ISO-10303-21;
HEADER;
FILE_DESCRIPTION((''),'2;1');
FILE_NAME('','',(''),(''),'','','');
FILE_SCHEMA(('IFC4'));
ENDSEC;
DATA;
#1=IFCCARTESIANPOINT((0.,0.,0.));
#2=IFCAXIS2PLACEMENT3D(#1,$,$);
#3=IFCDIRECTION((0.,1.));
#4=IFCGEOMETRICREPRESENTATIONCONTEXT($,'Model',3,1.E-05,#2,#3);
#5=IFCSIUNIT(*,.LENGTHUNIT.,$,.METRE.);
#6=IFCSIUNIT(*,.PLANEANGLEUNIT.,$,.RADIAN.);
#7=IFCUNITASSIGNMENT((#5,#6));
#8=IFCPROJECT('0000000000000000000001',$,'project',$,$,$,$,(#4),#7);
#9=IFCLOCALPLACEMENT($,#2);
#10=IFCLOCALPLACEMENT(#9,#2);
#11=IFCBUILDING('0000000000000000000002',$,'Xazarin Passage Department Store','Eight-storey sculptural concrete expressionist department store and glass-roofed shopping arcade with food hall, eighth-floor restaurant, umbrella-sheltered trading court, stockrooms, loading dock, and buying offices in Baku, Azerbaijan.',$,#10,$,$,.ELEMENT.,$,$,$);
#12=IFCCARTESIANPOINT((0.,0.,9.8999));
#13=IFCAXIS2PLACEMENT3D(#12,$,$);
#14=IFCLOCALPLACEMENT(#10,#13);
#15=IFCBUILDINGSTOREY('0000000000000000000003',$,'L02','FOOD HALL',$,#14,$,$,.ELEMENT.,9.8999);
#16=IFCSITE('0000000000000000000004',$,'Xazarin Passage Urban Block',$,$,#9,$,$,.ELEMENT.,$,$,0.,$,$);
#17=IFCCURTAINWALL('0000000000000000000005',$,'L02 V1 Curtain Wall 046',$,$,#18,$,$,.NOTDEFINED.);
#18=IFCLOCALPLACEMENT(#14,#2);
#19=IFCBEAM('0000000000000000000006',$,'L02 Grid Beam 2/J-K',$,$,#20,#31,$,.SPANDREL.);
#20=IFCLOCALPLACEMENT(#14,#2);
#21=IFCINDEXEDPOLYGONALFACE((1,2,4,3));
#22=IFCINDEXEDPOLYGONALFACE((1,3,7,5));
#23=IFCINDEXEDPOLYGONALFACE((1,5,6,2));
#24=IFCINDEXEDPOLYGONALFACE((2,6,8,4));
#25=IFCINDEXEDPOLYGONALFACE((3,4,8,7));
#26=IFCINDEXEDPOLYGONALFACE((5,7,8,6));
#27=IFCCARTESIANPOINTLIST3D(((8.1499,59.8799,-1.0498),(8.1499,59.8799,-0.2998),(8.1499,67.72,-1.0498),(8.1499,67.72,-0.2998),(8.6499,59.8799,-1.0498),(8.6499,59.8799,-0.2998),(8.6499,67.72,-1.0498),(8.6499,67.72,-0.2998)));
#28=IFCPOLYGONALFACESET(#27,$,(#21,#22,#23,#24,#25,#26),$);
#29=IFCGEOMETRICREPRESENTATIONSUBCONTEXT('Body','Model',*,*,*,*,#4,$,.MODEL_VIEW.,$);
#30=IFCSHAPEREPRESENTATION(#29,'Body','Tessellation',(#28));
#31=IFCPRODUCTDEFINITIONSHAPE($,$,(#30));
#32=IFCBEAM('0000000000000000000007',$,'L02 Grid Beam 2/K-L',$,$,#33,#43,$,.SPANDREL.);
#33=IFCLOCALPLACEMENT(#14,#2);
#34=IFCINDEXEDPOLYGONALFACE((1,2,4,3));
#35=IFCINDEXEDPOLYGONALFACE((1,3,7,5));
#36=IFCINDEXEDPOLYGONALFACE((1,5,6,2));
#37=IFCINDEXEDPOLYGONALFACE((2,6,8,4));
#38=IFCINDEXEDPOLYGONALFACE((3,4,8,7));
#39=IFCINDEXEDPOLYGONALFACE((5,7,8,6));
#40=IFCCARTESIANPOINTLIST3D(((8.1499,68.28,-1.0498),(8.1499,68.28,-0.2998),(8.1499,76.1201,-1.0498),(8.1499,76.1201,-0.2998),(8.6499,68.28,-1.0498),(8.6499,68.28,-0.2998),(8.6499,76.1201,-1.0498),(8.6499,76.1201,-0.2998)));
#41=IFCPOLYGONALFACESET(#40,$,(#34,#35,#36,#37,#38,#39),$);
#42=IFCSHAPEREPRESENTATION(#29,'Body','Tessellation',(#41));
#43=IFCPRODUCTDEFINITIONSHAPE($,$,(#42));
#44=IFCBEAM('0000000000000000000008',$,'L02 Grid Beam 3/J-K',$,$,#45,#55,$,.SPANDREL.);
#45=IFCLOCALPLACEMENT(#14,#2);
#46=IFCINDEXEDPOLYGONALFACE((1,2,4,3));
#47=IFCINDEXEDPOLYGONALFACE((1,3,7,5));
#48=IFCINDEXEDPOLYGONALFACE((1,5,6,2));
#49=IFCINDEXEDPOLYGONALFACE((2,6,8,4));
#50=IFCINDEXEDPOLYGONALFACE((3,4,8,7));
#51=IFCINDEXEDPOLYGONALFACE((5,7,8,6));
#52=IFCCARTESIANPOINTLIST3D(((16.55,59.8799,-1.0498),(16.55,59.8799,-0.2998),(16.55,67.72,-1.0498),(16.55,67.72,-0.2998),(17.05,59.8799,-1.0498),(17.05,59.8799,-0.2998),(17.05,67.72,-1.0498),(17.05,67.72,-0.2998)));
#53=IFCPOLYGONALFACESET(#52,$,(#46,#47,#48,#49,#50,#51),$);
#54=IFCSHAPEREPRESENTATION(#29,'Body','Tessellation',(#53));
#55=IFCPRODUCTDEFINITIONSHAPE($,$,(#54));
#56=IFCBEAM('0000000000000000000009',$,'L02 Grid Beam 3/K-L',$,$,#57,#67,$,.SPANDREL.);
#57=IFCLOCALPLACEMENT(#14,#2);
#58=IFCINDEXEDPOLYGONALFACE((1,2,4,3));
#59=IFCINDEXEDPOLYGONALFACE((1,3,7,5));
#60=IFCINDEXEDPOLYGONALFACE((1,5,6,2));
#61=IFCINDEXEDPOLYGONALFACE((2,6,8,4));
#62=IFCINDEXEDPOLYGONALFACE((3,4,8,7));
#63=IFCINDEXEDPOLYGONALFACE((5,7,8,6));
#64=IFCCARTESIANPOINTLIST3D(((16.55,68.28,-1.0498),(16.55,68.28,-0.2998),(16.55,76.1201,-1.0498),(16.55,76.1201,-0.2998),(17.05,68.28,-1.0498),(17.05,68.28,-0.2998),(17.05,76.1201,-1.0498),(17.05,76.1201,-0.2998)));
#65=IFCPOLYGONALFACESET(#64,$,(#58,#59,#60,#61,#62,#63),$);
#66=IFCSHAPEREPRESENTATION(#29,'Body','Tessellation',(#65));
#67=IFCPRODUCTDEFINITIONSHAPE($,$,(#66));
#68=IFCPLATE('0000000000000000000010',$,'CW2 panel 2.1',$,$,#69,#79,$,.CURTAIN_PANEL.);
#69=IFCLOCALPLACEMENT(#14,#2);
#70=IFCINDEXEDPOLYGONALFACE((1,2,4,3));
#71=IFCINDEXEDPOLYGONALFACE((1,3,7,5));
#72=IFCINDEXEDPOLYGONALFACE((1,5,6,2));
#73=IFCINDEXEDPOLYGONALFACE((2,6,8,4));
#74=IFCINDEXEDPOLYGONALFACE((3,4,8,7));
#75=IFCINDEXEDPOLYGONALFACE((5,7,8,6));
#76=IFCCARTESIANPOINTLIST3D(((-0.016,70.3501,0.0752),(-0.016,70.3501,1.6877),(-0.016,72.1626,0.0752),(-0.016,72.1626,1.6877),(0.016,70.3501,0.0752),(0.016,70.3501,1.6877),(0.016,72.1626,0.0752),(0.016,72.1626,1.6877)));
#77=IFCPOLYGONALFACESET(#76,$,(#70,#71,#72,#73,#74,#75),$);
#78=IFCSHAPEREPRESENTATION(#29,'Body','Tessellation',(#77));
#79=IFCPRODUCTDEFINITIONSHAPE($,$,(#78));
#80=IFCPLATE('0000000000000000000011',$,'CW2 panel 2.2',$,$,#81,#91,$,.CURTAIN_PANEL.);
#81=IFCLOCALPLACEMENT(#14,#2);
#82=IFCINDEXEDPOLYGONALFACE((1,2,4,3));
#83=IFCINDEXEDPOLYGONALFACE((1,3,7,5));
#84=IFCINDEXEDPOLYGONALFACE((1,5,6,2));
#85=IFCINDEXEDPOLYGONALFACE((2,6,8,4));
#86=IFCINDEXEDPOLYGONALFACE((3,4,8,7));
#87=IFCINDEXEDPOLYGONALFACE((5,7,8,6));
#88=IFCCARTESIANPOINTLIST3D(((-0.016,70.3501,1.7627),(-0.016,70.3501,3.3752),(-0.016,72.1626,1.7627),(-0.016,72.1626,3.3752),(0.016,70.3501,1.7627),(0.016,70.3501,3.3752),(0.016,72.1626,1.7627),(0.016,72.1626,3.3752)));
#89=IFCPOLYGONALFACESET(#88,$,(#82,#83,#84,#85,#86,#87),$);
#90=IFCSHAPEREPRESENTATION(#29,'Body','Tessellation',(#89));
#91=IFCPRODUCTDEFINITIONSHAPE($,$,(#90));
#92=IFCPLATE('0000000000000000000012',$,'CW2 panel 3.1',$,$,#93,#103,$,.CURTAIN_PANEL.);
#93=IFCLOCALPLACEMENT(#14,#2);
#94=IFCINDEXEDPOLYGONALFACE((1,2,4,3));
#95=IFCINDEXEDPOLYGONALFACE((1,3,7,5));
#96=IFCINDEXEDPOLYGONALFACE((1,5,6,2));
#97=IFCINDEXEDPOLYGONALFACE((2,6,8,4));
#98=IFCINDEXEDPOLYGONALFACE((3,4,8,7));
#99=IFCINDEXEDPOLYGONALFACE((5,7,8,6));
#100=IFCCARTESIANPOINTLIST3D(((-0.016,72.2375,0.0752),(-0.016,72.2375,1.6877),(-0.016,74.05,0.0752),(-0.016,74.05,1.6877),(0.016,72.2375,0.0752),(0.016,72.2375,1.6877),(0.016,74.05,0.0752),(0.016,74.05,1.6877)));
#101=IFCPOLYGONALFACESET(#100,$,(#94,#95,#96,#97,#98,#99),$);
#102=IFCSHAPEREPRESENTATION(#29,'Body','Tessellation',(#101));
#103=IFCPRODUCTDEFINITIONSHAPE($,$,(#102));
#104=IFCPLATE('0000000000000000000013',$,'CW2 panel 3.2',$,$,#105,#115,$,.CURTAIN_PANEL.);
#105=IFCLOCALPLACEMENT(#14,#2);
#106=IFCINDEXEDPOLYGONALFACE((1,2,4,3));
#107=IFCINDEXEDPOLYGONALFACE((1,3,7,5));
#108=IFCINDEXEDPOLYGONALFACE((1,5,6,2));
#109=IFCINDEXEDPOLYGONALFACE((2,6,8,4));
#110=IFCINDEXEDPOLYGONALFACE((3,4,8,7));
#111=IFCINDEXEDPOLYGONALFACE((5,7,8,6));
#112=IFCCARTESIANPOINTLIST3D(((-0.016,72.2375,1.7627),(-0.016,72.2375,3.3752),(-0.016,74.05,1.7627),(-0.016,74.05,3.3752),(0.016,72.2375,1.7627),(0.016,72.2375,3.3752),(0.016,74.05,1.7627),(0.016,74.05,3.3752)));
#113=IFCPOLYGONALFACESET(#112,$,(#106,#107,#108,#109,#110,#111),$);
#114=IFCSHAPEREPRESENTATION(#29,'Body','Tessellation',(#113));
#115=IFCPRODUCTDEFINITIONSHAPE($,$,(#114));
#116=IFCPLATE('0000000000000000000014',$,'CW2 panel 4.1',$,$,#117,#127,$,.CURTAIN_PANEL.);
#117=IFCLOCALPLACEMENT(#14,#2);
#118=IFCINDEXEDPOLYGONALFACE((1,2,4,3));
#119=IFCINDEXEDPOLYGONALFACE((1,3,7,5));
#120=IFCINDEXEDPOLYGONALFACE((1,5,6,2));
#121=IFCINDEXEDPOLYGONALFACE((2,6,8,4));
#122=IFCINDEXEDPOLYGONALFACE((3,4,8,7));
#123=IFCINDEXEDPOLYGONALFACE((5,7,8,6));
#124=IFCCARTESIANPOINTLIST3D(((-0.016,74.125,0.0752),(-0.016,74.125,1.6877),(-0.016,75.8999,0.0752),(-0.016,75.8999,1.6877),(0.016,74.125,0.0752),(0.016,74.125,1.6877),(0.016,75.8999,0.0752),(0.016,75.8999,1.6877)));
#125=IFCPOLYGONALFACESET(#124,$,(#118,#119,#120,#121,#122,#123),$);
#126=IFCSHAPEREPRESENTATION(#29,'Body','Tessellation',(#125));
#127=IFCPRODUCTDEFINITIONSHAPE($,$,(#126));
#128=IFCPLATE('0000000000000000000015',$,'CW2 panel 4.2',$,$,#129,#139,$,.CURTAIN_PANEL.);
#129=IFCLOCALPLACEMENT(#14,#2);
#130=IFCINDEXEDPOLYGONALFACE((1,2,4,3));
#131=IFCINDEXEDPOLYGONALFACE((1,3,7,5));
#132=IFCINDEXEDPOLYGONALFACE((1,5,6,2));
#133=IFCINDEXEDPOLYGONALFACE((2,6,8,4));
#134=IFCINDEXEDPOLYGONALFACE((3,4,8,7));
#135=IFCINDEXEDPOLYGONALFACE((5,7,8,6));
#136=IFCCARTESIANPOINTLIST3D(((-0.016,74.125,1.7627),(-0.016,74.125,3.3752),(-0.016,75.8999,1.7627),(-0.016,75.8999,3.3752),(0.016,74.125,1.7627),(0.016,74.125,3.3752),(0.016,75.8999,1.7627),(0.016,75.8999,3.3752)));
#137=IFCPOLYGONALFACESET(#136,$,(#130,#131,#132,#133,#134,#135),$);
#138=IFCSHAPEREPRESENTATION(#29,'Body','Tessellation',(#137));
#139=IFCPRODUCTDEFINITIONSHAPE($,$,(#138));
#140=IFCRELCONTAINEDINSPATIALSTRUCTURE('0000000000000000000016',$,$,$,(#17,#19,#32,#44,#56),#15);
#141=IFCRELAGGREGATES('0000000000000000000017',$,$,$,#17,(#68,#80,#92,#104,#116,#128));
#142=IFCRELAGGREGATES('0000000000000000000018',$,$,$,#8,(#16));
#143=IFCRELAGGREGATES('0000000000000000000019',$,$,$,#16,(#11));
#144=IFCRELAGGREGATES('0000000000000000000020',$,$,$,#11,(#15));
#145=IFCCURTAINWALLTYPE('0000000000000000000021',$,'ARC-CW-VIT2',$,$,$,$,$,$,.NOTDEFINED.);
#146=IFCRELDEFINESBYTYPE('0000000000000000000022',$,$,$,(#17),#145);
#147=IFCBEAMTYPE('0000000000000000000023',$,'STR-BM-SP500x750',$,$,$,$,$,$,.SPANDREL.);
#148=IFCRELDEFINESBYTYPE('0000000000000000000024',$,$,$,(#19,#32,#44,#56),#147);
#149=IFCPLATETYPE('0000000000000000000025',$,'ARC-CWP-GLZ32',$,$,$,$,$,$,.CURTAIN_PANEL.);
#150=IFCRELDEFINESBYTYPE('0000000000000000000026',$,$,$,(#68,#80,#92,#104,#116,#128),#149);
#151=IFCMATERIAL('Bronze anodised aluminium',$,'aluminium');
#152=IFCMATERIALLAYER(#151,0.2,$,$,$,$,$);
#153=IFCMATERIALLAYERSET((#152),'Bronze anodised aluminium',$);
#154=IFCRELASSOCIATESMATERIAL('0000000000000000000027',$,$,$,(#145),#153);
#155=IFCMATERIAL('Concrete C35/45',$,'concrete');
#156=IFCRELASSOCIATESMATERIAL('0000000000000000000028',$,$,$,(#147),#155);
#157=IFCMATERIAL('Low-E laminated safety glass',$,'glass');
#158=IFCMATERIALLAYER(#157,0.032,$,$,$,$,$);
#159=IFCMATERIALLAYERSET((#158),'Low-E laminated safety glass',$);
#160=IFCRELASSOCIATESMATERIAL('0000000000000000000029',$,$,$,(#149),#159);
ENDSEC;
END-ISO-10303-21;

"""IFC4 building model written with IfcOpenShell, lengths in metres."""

from ifc_helpers import new_model, si_unit, direction, frame, origin, origin_2d, place, context, subcontext, project, spatial, rectangle, extrude, material, layer, layer_set, material_profile, profile_set, type_object, element, aggregate, save


model = new_model("IFC4")

# Units and contexts
model_context = context("Model", 3, precision=1e-05, world=origin(), true_north=direction((0.0, 1.0)))
body_context = subcontext(model_context, "Body", "Model", "MODEL_VIEW")
ifc_project = project(units=[si_unit("LENGTHUNIT", "METRE"), si_unit("PLANEANGLEUNIT", "RADIAN")], contexts=[model_context])

# Site, building, storey
site_placement = place(None, origin())
site = spatial("IfcSite", under=ifc_project, at=site_placement, Name="Xazarin Passage Urban Block", CompositionType="ELEMENT", RefElevation=0.0)
building_placement = place(site_placement, origin())
building = spatial("IfcBuilding", under=site, at=building_placement, Name="Xazarin Passage Department Store", Description="Eight-storey sculptural concrete expressionist department store and glass-roofed shopping arcade with food hall, eighth-floor restaurant, umbrella-sheltered trading court, stockrooms, loading dock, and buying offices in Baku, Azerbaijan.", CompositionType="ELEMENT")
storey_placement = place(building_placement, frame((0.0, 0.0, 9.8999)))
storey = spatial("IfcBuildingStorey", under=building, at=storey_placement, Name="L02", Description="FOOD HALL", CompositionType="ELEMENT", Elevation=9.8999)

# Curtain wall
ifc_material_1 = material(Name="Bronze anodised aluminium", Category="aluminium")
ifc_layer_1 = layer(ifc_material_1, 0.2)
ifc_layer_set_1 = layer_set([ifc_layer_1], Name="Bronze anodised aluminium")
curtain_wall_type = type_object("IfcCurtainWallType", Name="ARC-CW-VIT2", PredefinedType="NOTDEFINED", material=ifc_layer_set_1)
curtain_wall_placement = place(storey_placement, origin())
curtain_wall = element("IfcCurtainWall", 1, at=curtain_wall_placement, inside=storey, type_object=curtain_wall_type, Name="L02 V1 Curtain Wall 046", PredefinedType="NOTDEFINED")

# Beams
ifc_material_2 = material(Name="Concrete C35/45", Category="concrete")
ifc_material_profile_1 = material_profile(ifc_material_2, rectangle(XDim=0.5, YDim=0.75, at=origin_2d()), Name="RC 500x750")
ifc_profile_set_1 = profile_set([ifc_material_profile_1], Name="Concrete C35/45")
beam_type = type_object("IfcBeamType", Name="STR-BM-SP500x750", PredefinedType="SPANDREL", material=ifc_profile_set_1)
for number, where, z_axis, x_axis, name in (
    (2, (8.3999, 59.8799, -0.6748), (0.0, 1.0, 0.0), (-1.0, 0.0, 0.0), "L02 Grid Beam 2/J-K"),
    (3, (8.3999, 68.28, -0.6748), (0.0, 1.0, 0.0), (-1.0, 0.0, 0.0), "L02 Grid Beam 2/K-L"),
    (4, (16.8, 59.8799, -0.6748), (0.0, 1.0, 0.0), (-1.0, 0.0, 0.0), "L02 Grid Beam 3/J-K"),
    (5, (16.8, 68.28, -0.6748), (0.0, 1.0, 0.0), (-1.0, 0.0, 0.0), "L02 Grid Beam 3/K-L"),
):
    element("IfcBeam", number, at=place(storey_placement, frame(where, z_axis=z_axis, x_axis=x_axis)), inside=storey, type_object=beam_type, Name=name, PredefinedType="SPANDREL", context=body_context, shape_type="SweptSolid", body=[
        extrude(rectangle(XDim=0.5, YDim=0.75, at=origin_2d()), origin(), (0.0, 0.0, 1.0), 7.8401),
    ])

# Plates
ifc_material_3 = material(Name="Low-E laminated safety glass", Category="glass")
ifc_layer_2 = layer(ifc_material_3, 0.032)
ifc_layer_set_2 = layer_set([ifc_layer_2], Name="Low-E laminated safety glass")
plate_type = type_object("IfcPlateType", Name="ARC-CWP-GLZ32", PredefinedType="CURTAIN_PANEL", material=ifc_layer_set_2)
plate_1_placement = place(storey_placement, frame((0.0, 71.2563, 0.0752), z_axis=(0.0, 0.0, 1.0), x_axis=(0.0, 1.0, 0.0)))
plate_1 = element("IfcPlate", 6, at=plate_1_placement, type_object=plate_type, Name="CW2 panel 2.1", PredefinedType="CURTAIN_PANEL", context=body_context, shape_type="SweptSolid", body=[
    extrude(rectangle(XDim=1.8125, YDim=0.032, at=origin_2d()), origin(), (0.0, 0.0, 1.0), 1.6125),
])
plate_2_placement = place(storey_placement, frame((0.0, 71.2563, 1.7627), z_axis=(0.0, 0.0, 1.0), x_axis=(0.0, 1.0, 0.0)))
plate_2 = element("IfcPlate", 7, at=plate_2_placement, type_object=plate_type, Name="CW2 panel 2.2", PredefinedType="CURTAIN_PANEL", context=body_context, shape_type="SweptSolid", body=[
    extrude(rectangle(XDim=1.8125, YDim=0.032, at=origin_2d()), origin(), (0.0, 0.0, 1.0), 1.6125),
])
plate_3_placement = place(storey_placement, frame((0.0, 73.1438, 0.0752), z_axis=(0.0, 0.0, 1.0), x_axis=(0.0, 1.0, 0.0)))
plate_3 = element("IfcPlate", 8, at=plate_3_placement, type_object=plate_type, Name="CW2 panel 3.1", PredefinedType="CURTAIN_PANEL", context=body_context, shape_type="SweptSolid", body=[
    extrude(rectangle(XDim=1.8125, YDim=0.032, at=origin_2d()), origin(), (0.0, 0.0, 1.0), 1.6125),
])
plate_4_placement = place(storey_placement, frame((0.0, 73.1438, 1.7627), z_axis=(0.0, 0.0, 1.0), x_axis=(0.0, 1.0, 0.0)))
plate_4 = element("IfcPlate", 9, at=plate_4_placement, type_object=plate_type, Name="CW2 panel 3.2", PredefinedType="CURTAIN_PANEL", context=body_context, shape_type="SweptSolid", body=[
    extrude(rectangle(XDim=1.8125, YDim=0.032, at=origin_2d()), origin(), (0.0, 0.0, 1.0), 1.6125),
])
plate_5_placement = place(storey_placement, frame((0.0, 75.0125, 0.0752), z_axis=(0.0, 0.0, 1.0), x_axis=(0.0, 1.0, 0.0)))
plate_5 = element("IfcPlate", 10, at=plate_5_placement, type_object=plate_type, Name="CW2 panel 4.1", PredefinedType="CURTAIN_PANEL", context=body_context, shape_type="SweptSolid", body=[
    extrude(rectangle(XDim=1.7749, YDim=0.032, at=origin_2d()), origin(), (0.0, 0.0, 1.0), 1.6125),
])
plate_6_placement = place(storey_placement, frame((0.0, 75.0125, 1.7627), z_axis=(0.0, 0.0, 1.0), x_axis=(0.0, 1.0, 0.0)))
plate_6 = element("IfcPlate", 11, at=plate_6_placement, type_object=plate_type, Name="CW2 panel 4.2", PredefinedType="CURTAIN_PANEL", context=body_context, shape_type="SweptSolid", body=[
    extrude(rectangle(XDim=1.7749, YDim=0.032, at=origin_2d()), origin(), (0.0, 0.0, 1.0), 1.6125),
])
aggregate(curtain_wall, [plate_1, plate_2, plate_3, plate_4, plate_5, plate_6])

save(model, "model.ifc")
